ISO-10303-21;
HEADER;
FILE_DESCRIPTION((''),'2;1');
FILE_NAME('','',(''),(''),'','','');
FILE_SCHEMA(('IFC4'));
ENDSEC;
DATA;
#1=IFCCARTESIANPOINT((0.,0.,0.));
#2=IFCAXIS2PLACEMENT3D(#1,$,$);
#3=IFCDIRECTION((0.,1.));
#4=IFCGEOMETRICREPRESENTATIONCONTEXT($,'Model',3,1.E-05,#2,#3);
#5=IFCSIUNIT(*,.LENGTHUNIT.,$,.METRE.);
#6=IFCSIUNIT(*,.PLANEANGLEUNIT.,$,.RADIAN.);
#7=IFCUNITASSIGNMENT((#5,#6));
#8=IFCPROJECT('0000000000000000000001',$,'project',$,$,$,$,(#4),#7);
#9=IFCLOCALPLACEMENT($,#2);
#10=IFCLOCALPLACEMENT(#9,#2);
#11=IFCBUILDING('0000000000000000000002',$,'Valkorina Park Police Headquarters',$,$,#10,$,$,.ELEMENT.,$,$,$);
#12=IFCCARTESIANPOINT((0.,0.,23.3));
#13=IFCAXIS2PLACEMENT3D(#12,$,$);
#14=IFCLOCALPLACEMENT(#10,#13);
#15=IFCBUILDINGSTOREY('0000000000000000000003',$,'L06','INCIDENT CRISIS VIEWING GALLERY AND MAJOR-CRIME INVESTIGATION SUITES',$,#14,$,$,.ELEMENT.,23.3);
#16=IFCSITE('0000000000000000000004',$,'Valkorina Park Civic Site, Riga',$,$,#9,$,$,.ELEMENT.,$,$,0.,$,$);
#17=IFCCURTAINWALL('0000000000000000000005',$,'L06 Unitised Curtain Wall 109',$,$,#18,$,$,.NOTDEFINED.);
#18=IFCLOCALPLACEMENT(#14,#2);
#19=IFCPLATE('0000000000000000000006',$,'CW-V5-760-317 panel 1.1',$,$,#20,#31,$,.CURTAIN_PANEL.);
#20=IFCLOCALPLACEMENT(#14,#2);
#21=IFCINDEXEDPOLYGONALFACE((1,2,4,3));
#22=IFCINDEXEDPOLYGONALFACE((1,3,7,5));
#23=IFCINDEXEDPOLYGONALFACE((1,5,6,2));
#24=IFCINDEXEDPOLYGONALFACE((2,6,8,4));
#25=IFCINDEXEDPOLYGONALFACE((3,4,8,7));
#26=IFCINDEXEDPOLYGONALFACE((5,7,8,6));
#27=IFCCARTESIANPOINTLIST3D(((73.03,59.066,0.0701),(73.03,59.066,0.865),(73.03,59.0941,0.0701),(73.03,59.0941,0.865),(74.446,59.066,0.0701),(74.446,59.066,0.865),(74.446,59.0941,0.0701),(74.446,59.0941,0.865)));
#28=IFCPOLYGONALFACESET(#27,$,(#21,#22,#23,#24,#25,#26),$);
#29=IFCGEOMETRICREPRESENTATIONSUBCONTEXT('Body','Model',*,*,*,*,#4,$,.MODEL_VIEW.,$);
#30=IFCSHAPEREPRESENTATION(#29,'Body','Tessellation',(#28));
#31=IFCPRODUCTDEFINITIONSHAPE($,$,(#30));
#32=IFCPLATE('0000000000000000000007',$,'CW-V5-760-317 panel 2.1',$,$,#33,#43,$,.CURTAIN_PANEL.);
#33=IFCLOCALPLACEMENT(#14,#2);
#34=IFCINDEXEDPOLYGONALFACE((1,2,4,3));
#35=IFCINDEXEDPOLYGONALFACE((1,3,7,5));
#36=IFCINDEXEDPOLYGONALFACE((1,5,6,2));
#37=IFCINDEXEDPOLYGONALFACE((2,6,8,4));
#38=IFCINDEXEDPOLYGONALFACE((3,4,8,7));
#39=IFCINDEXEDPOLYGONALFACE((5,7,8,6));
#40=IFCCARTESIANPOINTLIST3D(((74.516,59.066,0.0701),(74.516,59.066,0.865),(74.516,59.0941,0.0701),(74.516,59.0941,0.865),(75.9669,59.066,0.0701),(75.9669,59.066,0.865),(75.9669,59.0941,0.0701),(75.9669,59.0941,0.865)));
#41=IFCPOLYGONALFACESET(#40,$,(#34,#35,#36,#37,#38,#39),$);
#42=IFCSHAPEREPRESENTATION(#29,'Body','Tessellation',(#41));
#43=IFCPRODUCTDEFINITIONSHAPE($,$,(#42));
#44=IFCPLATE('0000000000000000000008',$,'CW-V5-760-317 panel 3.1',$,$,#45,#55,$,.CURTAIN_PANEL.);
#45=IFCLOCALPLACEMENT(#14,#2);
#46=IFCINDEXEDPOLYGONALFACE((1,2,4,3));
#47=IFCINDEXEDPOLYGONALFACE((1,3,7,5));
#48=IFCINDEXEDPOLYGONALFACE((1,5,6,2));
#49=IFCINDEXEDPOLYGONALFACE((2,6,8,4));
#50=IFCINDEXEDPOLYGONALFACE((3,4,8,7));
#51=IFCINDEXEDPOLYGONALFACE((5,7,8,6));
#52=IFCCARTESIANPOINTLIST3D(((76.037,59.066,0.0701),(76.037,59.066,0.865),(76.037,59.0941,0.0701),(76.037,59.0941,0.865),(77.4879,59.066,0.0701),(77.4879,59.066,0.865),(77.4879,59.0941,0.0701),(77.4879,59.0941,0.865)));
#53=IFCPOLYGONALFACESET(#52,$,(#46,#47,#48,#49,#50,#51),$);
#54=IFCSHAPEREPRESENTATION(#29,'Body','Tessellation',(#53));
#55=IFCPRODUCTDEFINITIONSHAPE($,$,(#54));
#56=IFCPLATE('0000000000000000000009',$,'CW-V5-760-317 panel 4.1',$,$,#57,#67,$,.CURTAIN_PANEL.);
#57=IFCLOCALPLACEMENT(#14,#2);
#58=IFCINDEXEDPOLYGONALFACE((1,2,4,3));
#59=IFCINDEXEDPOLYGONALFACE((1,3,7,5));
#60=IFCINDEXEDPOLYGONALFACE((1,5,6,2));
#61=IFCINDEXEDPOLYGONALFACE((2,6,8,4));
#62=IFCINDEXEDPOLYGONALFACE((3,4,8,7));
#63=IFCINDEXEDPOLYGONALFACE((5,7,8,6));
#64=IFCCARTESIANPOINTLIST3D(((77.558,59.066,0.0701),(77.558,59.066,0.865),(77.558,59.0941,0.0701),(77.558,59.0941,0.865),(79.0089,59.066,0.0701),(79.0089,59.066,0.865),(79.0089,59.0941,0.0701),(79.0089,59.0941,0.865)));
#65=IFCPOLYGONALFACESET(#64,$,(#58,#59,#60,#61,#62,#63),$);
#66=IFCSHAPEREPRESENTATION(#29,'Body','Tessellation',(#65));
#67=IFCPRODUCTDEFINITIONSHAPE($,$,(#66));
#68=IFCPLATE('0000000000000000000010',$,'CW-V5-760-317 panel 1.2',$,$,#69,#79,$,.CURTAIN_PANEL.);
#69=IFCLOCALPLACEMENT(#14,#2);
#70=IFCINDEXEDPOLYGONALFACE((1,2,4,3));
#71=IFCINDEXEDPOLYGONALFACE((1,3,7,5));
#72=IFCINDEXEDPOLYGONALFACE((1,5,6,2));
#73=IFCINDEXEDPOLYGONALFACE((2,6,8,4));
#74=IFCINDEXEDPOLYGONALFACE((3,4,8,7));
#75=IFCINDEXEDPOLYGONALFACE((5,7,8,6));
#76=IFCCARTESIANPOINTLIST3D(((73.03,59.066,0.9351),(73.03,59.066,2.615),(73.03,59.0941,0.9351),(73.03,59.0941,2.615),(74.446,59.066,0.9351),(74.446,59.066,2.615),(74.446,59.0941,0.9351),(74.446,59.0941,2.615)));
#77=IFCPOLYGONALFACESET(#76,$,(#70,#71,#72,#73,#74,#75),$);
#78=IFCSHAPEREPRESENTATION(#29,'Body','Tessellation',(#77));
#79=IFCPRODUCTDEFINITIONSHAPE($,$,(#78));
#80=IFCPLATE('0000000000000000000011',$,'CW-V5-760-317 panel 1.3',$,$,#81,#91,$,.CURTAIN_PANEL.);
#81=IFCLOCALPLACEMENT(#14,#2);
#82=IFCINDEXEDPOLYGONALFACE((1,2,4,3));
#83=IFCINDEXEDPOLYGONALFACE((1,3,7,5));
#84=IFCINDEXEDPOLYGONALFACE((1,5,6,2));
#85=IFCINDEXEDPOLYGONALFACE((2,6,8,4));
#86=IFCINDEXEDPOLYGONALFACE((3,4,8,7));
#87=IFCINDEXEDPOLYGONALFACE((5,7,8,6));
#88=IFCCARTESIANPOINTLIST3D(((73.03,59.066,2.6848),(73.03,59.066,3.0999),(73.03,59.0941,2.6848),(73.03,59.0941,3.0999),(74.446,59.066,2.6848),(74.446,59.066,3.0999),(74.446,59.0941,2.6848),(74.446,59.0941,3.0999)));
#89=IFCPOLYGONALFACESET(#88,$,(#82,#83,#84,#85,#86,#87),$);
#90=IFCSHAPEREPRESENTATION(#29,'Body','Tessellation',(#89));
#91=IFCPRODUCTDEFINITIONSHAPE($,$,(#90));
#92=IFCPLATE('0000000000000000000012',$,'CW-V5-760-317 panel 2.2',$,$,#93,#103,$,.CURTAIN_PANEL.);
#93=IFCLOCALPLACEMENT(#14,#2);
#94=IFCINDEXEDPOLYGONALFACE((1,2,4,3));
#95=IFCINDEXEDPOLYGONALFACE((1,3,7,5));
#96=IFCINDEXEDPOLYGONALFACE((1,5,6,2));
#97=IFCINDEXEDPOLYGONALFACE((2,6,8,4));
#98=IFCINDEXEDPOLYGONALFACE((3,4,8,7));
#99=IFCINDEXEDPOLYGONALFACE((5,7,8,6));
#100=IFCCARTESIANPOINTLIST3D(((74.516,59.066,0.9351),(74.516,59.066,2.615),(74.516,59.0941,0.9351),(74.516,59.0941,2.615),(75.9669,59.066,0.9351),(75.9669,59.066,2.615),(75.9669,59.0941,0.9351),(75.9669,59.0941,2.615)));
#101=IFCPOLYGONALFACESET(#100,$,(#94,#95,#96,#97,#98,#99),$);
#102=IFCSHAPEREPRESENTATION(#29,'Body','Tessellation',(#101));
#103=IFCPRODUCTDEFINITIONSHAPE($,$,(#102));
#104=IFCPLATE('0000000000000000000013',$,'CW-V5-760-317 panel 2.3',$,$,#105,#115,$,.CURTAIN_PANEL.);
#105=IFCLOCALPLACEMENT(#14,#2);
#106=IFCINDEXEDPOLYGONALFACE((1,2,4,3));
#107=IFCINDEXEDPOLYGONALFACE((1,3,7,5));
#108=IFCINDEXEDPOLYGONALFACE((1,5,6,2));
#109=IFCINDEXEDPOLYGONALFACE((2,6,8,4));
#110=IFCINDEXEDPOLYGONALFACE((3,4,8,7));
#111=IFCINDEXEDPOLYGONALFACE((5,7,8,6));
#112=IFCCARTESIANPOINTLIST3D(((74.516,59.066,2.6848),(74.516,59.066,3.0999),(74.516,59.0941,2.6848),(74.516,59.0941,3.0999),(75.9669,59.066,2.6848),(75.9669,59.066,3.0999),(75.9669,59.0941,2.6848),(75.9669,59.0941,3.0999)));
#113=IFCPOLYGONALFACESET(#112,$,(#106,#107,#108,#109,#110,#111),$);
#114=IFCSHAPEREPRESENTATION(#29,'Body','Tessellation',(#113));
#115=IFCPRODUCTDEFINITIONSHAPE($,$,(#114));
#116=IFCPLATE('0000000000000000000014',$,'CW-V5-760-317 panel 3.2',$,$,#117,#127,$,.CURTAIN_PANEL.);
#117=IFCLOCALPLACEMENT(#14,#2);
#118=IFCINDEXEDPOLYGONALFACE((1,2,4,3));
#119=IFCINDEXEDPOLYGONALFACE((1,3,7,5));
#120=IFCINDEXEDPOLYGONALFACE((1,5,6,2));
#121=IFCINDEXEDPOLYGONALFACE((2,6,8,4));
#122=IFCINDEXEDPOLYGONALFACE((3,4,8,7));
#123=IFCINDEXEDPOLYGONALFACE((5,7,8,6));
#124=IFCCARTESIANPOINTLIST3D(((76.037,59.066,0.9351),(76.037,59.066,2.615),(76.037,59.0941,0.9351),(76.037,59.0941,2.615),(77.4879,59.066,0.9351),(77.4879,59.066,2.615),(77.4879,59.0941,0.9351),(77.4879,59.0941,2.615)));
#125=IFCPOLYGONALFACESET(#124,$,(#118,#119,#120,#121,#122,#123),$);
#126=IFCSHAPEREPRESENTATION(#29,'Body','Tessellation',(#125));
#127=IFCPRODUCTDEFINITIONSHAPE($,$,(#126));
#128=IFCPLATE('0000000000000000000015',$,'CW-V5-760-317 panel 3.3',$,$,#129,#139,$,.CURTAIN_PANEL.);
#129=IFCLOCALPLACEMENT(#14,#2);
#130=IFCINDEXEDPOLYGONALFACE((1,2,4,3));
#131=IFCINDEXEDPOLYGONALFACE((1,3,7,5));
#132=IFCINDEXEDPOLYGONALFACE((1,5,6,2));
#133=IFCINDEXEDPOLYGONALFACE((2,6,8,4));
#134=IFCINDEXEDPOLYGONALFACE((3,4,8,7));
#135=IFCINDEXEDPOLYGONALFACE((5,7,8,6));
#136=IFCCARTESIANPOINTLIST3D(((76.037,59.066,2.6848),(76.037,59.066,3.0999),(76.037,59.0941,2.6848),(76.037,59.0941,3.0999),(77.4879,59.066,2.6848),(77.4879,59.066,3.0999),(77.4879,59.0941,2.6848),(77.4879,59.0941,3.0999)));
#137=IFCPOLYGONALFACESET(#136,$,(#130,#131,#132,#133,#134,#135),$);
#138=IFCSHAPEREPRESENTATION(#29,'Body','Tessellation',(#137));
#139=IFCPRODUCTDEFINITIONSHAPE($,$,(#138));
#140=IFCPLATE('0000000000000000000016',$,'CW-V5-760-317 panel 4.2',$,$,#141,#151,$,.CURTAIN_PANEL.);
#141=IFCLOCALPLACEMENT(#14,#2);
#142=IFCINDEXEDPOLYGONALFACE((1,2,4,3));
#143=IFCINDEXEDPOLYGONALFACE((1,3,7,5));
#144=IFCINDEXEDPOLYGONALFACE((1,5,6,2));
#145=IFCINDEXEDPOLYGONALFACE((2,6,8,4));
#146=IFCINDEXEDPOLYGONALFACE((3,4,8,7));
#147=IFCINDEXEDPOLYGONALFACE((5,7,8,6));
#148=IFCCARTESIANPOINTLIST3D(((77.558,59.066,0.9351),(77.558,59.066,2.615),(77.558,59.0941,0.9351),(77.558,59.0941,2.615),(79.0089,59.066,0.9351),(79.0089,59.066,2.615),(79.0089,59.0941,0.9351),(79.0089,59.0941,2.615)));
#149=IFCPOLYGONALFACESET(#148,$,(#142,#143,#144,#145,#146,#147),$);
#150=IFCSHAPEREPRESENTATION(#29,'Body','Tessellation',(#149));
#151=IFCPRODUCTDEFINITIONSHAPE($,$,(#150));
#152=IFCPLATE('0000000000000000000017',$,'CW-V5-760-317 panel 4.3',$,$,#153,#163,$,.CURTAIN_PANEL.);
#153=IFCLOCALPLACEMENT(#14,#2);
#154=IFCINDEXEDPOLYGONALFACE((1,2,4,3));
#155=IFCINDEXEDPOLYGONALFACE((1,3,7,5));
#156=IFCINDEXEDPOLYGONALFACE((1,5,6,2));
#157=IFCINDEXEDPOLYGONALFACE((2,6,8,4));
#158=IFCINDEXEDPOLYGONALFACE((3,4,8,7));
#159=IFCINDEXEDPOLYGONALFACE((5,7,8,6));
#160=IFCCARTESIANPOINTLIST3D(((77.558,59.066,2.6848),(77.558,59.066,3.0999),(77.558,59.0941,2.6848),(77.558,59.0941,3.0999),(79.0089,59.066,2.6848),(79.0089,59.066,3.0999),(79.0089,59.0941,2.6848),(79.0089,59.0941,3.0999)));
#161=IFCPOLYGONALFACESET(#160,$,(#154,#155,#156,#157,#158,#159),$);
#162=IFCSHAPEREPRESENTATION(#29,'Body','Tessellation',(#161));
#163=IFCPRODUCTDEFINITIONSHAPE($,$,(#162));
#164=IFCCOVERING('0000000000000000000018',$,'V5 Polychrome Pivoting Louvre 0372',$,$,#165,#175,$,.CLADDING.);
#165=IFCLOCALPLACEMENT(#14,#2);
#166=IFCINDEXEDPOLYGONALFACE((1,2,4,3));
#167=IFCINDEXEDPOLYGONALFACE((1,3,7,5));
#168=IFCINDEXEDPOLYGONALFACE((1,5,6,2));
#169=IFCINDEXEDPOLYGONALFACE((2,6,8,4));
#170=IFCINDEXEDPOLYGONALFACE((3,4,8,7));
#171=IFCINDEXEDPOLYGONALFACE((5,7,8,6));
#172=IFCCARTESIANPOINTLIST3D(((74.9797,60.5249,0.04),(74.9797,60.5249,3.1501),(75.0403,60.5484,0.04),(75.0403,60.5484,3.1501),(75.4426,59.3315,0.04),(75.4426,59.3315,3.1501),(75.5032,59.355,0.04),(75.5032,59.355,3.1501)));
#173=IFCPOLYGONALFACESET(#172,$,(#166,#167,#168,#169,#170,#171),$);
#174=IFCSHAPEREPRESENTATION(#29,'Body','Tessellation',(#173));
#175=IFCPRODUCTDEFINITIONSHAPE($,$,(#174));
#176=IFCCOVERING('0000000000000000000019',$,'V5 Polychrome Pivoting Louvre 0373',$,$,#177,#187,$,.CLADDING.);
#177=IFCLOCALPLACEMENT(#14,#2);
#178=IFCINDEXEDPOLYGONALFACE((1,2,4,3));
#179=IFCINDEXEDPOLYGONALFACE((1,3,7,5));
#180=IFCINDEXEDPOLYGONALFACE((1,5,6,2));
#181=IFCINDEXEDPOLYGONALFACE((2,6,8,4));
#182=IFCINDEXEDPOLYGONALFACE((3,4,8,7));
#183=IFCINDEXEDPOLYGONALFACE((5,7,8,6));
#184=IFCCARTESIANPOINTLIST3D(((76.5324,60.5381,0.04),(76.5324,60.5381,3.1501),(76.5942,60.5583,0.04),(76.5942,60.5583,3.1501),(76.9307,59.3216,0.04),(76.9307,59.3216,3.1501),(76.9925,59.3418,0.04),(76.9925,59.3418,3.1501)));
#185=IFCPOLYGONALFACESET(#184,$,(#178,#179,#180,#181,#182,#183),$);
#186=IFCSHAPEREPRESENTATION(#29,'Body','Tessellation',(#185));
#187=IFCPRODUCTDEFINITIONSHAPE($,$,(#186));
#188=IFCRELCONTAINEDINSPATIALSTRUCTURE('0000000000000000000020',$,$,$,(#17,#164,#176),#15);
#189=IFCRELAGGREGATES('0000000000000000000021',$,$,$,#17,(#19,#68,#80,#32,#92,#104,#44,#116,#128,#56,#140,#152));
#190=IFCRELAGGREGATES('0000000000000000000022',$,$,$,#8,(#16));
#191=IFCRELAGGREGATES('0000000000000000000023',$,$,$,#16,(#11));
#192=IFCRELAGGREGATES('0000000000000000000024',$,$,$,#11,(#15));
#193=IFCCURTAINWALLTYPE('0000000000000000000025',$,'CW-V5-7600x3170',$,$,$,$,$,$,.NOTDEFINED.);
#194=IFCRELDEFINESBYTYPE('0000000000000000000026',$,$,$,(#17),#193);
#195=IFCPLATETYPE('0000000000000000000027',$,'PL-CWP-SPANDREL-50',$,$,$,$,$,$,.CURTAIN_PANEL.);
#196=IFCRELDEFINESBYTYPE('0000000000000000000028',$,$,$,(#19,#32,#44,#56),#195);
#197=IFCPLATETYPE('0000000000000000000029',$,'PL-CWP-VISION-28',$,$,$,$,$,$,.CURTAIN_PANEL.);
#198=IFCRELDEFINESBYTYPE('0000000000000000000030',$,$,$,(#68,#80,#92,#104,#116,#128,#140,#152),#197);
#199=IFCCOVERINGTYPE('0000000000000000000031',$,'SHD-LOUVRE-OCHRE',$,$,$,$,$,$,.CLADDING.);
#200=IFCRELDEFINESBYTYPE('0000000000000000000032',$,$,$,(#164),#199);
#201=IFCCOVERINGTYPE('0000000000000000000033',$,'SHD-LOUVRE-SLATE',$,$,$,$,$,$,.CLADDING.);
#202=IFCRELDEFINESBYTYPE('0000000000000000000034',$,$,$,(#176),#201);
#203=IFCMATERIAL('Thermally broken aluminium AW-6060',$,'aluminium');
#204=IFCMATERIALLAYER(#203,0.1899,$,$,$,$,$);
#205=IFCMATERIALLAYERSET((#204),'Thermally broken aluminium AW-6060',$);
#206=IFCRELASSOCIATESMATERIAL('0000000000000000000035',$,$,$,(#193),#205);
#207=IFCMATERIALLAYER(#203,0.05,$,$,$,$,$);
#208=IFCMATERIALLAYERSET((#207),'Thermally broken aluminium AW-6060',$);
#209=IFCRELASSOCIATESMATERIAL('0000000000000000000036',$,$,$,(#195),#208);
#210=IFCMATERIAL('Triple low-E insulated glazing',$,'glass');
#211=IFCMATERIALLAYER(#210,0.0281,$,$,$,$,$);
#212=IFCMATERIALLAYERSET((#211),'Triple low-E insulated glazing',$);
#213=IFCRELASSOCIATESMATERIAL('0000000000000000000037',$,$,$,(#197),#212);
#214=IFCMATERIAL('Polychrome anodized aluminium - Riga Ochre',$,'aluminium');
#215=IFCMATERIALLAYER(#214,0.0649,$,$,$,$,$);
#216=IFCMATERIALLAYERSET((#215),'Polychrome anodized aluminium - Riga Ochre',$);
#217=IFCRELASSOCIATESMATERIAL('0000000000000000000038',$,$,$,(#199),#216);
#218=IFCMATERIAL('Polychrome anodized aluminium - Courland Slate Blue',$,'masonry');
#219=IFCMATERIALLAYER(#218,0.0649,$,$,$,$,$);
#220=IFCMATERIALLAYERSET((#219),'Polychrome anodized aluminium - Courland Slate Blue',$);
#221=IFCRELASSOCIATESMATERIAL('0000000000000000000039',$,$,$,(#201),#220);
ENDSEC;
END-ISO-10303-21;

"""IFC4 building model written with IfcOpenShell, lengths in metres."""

from ifc_helpers import new_model, si_unit, direction, frame, origin, origin_2d, place, context, subcontext, project, spatial, rectangle, extrude, material, layer, layer_set, type_object, element, aggregate, save


model = new_model("IFC4")

# Units and contexts
model_context = context("Model", 3, precision=1e-05, world=origin(), true_north=direction((0.0, 1.0)))
body_context = subcontext(model_context, "Body", "Model", "MODEL_VIEW")
ifc_project = project(units=[si_unit("LENGTHUNIT", "METRE"), si_unit("PLANEANGLEUNIT", "RADIAN")], contexts=[model_context])

# Site, building, storey
site_placement = place(None, origin())
site = spatial("IfcSite", under=ifc_project, at=site_placement, Name="Valkorina Park Civic Site, Riga", CompositionType="ELEMENT", RefElevation=0.0)
building_placement = place(site_placement, origin())
building = spatial("IfcBuilding", under=site, at=building_placement, Name="Valkorina Park Police Headquarters", CompositionType="ELEMENT")
storey_placement = place(building_placement, frame((0.0, 0.0, 23.3)))
storey = spatial("IfcBuildingStorey", under=building, at=storey_placement, Name="L06", Description="INCIDENT CRISIS VIEWING GALLERY AND MAJOR-CRIME INVESTIGATION SUITES", CompositionType="ELEMENT", Elevation=23.3)

# Curtain wall, plates
ifc_material_1 = material(Name="Thermally broken aluminium AW-6060", Category="aluminium")
ifc_layer_1 = layer(ifc_material_1, 0.1899)
ifc_layer_set_1 = layer_set([ifc_layer_1], Name="Thermally broken aluminium AW-6060")
curtain_wall_type = type_object("IfcCurtainWallType", Name="CW-V5-7600x3170", PredefinedType="NOTDEFINED", material=ifc_layer_set_1)
curtain_wall_placement = place(storey_placement, origin())
curtain_wall = element("IfcCurtainWall", 1, at=curtain_wall_placement, inside=storey, type_object=curtain_wall_type, Name="L06 Unitised Curtain Wall 109", PredefinedType="NOTDEFINED")
ifc_layer_2 = layer(ifc_material_1, 0.05)
ifc_layer_set_2 = layer_set([ifc_layer_2], Name="Thermally broken aluminium AW-6060")
plate_type_1 = type_object("IfcPlateType", Name="PL-CWP-SPANDREL-50", PredefinedType="CURTAIN_PANEL", material=ifc_layer_set_2)
plate_1_placement = place(storey_placement, frame((73.738, 59.0801, 0.0701), z_axis=(0.0, 0.0, 1.0), x_axis=(1.0, 0.0, 0.0)))
plate_1 = element("IfcPlate", 2, at=plate_1_placement, type_object=plate_type_1, Name="CW-V5-760-317 panel 1.1", PredefinedType="CURTAIN_PANEL", context=body_context, shape_type="SweptSolid", body=[
    extrude(rectangle(XDim=1.416, YDim=0.0281, at=origin_2d()), origin(), (0.0, 0.0, 1.0), 0.7949),
])
plate_2_placement = place(storey_placement, frame((75.2415, 59.0801, 0.0701), z_axis=(0.0, 0.0, 1.0), x_axis=(1.0, 0.0, 0.0)))
plate_2 = element("IfcPlate", 3, at=plate_2_placement, type_object=plate_type_1, Name="CW-V5-760-317 panel 2.1", PredefinedType="CURTAIN_PANEL", context=body_context, shape_type="SweptSolid", body=[
    extrude(rectangle(XDim=1.4509, YDim=0.0281, at=origin_2d()), origin(), (0.0, 0.0, 1.0), 0.7949),
])
plate_3_placement = place(storey_placement, frame((76.7625, 59.0801, 0.0701), z_axis=(0.0, 0.0, 1.0), x_axis=(1.0, 0.0, 0.0)))
plate_3 = element("IfcPlate", 4, at=plate_3_placement, type_object=plate_type_1, Name="CW-V5-760-317 panel 3.1", PredefinedType="CURTAIN_PANEL", context=body_context, shape_type="SweptSolid", body=[
    extrude(rectangle(XDim=1.4509, YDim=0.0281, at=origin_2d()), origin(), (0.0, 0.0, 1.0), 0.7949),
])
plate_4_placement = place(storey_placement, frame((78.2834, 59.0801, 0.0701), z_axis=(0.0, 0.0, 1.0), x_axis=(1.0, 0.0, 0.0)))
plate_4 = element("IfcPlate", 5, at=plate_4_placement, type_object=plate_type_1, Name="CW-V5-760-317 panel 4.1", PredefinedType="CURTAIN_PANEL", context=body_context, shape_type="SweptSolid", body=[
    extrude(rectangle(XDim=1.4509, YDim=0.0281, at=origin_2d()), origin(), (0.0, 0.0, 1.0), 0.7949),
])
ifc_material_2 = material(Name="Triple low-E insulated glazing", Category="glass")
ifc_layer_3 = layer(ifc_material_2, 0.0281)
ifc_layer_set_3 = layer_set([ifc_layer_3], Name="Triple low-E insulated glazing")
plate_type_2 = type_object("IfcPlateType", Name="PL-CWP-VISION-28", PredefinedType="CURTAIN_PANEL", material=ifc_layer_set_3)
plate_5_placement = place(storey_placement, frame((73.738, 59.0801, 0.9351), z_axis=(0.0, 0.0, 1.0), x_axis=(1.0, 0.0, 0.0)))
plate_5 = element("IfcPlate", 6, at=plate_5_placement, type_object=plate_type_2, Name="CW-V5-760-317 panel 1.2", PredefinedType="CURTAIN_PANEL", context=body_context, shape_type="SweptSolid", body=[
    extrude(rectangle(XDim=1.416, YDim=0.0281, at=origin_2d()), origin(), (0.0, 0.0, 1.0), 1.6799),
])
plate_6_placement = place(storey_placement, frame((73.738, 59.0801, 2.6848), z_axis=(0.0, 0.0, 1.0), x_axis=(1.0, 0.0, 0.0)))
plate_6 = element("IfcPlate", 7, at=plate_6_placement, type_object=plate_type_2, Name="CW-V5-760-317 panel 1.3", PredefinedType="CURTAIN_PANEL", context=body_context, shape_type="SweptSolid", body=[
    extrude(rectangle(XDim=1.416, YDim=0.0281, at=origin_2d()), origin(), (0.0, 0.0, 1.0), 0.415),
])
plate_7_placement = place(storey_placement, frame((75.2415, 59.0801, 0.9351), z_axis=(0.0, 0.0, 1.0), x_axis=(1.0, 0.0, 0.0)))
plate_7 = element("IfcPlate", 8, at=plate_7_placement, type_object=plate_type_2, Name="CW-V5-760-317 panel 2.2", PredefinedType="CURTAIN_PANEL", context=body_context, shape_type="SweptSolid", body=[
    extrude(rectangle(XDim=1.4509, YDim=0.0281, at=origin_2d()), origin(), (0.0, 0.0, 1.0), 1.6799),
])
plate_8_placement = place(storey_placement, frame((75.2415, 59.0801, 2.6848), z_axis=(0.0, 0.0, 1.0), x_axis=(1.0, 0.0, 0.0)))
plate_8 = element("IfcPlate", 9, at=plate_8_placement, type_object=plate_type_2, Name="CW-V5-760-317 panel 2.3", PredefinedType="CURTAIN_PANEL", context=body_context, shape_type="SweptSolid", body=[
    extrude(rectangle(XDim=1.4509, YDim=0.0281, at=origin_2d()), origin(), (0.0, 0.0, 1.0), 0.415),
])
plate_9_placement = place(storey_placement, frame((76.7625, 59.0801, 0.9351), z_axis=(0.0, 0.0, 1.0), x_axis=(1.0, 0.0, 0.0)))
plate_9 = element("IfcPlate", 10, at=plate_9_placement, type_object=plate_type_2, Name="CW-V5-760-317 panel 3.2", PredefinedType="CURTAIN_PANEL", context=body_context, shape_type="SweptSolid", body=[
    extrude(rectangle(XDim=1.4509, YDim=0.0281, at=origin_2d()), origin(), (0.0, 0.0, 1.0), 1.6799),
])
plate_10_placement = place(storey_placement, frame((76.7625, 59.0801, 2.6848), z_axis=(0.0, 0.0, 1.0), x_axis=(1.0, 0.0, 0.0)))
plate_10 = element("IfcPlate", 11, at=plate_10_placement, type_object=plate_type_2, Name="CW-V5-760-317 panel 3.3", PredefinedType="CURTAIN_PANEL", context=body_context, shape_type="SweptSolid", body=[
    extrude(rectangle(XDim=1.4509, YDim=0.0281, at=origin_2d()), origin(), (0.0, 0.0, 1.0), 0.415),
])
plate_11_placement = place(storey_placement, frame((78.2834, 59.0801, 0.9351), z_axis=(0.0, 0.0, 1.0), x_axis=(1.0, 0.0, 0.0)))
plate_11 = element("IfcPlate", 12, at=plate_11_placement, type_object=plate_type_2, Name="CW-V5-760-317 panel 4.2", PredefinedType="CURTAIN_PANEL", context=body_context, shape_type="SweptSolid", body=[
    extrude(rectangle(XDim=1.4509, YDim=0.0281, at=origin_2d()), origin(), (0.0, 0.0, 1.0), 1.6799),
])
plate_12_placement = place(storey_placement, frame((78.2834, 59.0801, 2.6848), z_axis=(0.0, 0.0, 1.0), x_axis=(1.0, 0.0, 0.0)))
plate_12 = element("IfcPlate", 13, at=plate_12_placement, type_object=plate_type_2, Name="CW-V5-760-317 panel 4.3", PredefinedType="CURTAIN_PANEL", context=body_context, shape_type="SweptSolid", body=[
    extrude(rectangle(XDim=1.4509, YDim=0.0281, at=origin_2d()), origin(), (0.0, 0.0, 1.0), 0.415),
])
aggregate(curtain_wall, [plate_1, plate_5, plate_6, plate_2, plate_7, plate_8, plate_3, plate_9, plate_10, plate_4, plate_11, plate_12])

# Coverings
ifc_material_3 = material(Name="Polychrome anodized aluminium - Riga Ochre", Category="aluminium")
ifc_layer_4 = layer(ifc_material_3, 0.0649)
ifc_layer_set_4 = layer_set([ifc_layer_4], Name="Polychrome anodized aluminium - Riga Ochre")
covering_type_1 = type_object("IfcCoveringType", Name="SHD-LOUVRE-OCHRE", PredefinedType="CLADDING", material=ifc_layer_set_4)
covering_1_placement = place(storey_placement, frame((75.2415, 59.9399, 0.04), z_axis=(0.0, 0.0, 1.0), x_axis=(-0.361625, 0.932324, 0.0)))
element("IfcCovering", 14, at=covering_1_placement, inside=storey, type_object=covering_type_1, Name="V5 Polychrome Pivoting Louvre 0372", PredefinedType="CLADDING", context=body_context, shape_type="SweptSolid", body=[
    extrude(rectangle(XDim=1.28, YDim=0.0649, at=origin_2d()), origin(), (0.0, 0.0, 1.0), 3.1101),
])
ifc_material_4 = material(Name="Polychrome anodized aluminium - Courland Slate Blue", Category="masonry")
ifc_layer_5 = layer(ifc_material_4, 0.0649)
ifc_layer_set_5 = layer_set([ifc_layer_5], Name="Polychrome anodized aluminium - Courland Slate Blue")
covering_type_2 = type_object("IfcCoveringType", Name="SHD-LOUVRE-SLATE", PredefinedType="CLADDING", material=ifc_layer_set_5)
covering_2_placement = place(storey_placement, frame((76.7625, 59.9399, 0.04), z_axis=(0.0, 0.0, 1.0), x_axis=(-0.311174, 0.950353, 0.0)))
element("IfcCovering", 15, at=covering_2_placement, inside=storey, type_object=covering_type_2, Name="V5 Polychrome Pivoting Louvre 0373", PredefinedType="CLADDING", context=body_context, shape_type="SweptSolid", body=[
    extrude(rectangle(XDim=1.28, YDim=0.0649, at=origin_2d()), origin(), (0.0, 0.0, 1.0), 3.1101),
])

save(model, "model.ifc")
